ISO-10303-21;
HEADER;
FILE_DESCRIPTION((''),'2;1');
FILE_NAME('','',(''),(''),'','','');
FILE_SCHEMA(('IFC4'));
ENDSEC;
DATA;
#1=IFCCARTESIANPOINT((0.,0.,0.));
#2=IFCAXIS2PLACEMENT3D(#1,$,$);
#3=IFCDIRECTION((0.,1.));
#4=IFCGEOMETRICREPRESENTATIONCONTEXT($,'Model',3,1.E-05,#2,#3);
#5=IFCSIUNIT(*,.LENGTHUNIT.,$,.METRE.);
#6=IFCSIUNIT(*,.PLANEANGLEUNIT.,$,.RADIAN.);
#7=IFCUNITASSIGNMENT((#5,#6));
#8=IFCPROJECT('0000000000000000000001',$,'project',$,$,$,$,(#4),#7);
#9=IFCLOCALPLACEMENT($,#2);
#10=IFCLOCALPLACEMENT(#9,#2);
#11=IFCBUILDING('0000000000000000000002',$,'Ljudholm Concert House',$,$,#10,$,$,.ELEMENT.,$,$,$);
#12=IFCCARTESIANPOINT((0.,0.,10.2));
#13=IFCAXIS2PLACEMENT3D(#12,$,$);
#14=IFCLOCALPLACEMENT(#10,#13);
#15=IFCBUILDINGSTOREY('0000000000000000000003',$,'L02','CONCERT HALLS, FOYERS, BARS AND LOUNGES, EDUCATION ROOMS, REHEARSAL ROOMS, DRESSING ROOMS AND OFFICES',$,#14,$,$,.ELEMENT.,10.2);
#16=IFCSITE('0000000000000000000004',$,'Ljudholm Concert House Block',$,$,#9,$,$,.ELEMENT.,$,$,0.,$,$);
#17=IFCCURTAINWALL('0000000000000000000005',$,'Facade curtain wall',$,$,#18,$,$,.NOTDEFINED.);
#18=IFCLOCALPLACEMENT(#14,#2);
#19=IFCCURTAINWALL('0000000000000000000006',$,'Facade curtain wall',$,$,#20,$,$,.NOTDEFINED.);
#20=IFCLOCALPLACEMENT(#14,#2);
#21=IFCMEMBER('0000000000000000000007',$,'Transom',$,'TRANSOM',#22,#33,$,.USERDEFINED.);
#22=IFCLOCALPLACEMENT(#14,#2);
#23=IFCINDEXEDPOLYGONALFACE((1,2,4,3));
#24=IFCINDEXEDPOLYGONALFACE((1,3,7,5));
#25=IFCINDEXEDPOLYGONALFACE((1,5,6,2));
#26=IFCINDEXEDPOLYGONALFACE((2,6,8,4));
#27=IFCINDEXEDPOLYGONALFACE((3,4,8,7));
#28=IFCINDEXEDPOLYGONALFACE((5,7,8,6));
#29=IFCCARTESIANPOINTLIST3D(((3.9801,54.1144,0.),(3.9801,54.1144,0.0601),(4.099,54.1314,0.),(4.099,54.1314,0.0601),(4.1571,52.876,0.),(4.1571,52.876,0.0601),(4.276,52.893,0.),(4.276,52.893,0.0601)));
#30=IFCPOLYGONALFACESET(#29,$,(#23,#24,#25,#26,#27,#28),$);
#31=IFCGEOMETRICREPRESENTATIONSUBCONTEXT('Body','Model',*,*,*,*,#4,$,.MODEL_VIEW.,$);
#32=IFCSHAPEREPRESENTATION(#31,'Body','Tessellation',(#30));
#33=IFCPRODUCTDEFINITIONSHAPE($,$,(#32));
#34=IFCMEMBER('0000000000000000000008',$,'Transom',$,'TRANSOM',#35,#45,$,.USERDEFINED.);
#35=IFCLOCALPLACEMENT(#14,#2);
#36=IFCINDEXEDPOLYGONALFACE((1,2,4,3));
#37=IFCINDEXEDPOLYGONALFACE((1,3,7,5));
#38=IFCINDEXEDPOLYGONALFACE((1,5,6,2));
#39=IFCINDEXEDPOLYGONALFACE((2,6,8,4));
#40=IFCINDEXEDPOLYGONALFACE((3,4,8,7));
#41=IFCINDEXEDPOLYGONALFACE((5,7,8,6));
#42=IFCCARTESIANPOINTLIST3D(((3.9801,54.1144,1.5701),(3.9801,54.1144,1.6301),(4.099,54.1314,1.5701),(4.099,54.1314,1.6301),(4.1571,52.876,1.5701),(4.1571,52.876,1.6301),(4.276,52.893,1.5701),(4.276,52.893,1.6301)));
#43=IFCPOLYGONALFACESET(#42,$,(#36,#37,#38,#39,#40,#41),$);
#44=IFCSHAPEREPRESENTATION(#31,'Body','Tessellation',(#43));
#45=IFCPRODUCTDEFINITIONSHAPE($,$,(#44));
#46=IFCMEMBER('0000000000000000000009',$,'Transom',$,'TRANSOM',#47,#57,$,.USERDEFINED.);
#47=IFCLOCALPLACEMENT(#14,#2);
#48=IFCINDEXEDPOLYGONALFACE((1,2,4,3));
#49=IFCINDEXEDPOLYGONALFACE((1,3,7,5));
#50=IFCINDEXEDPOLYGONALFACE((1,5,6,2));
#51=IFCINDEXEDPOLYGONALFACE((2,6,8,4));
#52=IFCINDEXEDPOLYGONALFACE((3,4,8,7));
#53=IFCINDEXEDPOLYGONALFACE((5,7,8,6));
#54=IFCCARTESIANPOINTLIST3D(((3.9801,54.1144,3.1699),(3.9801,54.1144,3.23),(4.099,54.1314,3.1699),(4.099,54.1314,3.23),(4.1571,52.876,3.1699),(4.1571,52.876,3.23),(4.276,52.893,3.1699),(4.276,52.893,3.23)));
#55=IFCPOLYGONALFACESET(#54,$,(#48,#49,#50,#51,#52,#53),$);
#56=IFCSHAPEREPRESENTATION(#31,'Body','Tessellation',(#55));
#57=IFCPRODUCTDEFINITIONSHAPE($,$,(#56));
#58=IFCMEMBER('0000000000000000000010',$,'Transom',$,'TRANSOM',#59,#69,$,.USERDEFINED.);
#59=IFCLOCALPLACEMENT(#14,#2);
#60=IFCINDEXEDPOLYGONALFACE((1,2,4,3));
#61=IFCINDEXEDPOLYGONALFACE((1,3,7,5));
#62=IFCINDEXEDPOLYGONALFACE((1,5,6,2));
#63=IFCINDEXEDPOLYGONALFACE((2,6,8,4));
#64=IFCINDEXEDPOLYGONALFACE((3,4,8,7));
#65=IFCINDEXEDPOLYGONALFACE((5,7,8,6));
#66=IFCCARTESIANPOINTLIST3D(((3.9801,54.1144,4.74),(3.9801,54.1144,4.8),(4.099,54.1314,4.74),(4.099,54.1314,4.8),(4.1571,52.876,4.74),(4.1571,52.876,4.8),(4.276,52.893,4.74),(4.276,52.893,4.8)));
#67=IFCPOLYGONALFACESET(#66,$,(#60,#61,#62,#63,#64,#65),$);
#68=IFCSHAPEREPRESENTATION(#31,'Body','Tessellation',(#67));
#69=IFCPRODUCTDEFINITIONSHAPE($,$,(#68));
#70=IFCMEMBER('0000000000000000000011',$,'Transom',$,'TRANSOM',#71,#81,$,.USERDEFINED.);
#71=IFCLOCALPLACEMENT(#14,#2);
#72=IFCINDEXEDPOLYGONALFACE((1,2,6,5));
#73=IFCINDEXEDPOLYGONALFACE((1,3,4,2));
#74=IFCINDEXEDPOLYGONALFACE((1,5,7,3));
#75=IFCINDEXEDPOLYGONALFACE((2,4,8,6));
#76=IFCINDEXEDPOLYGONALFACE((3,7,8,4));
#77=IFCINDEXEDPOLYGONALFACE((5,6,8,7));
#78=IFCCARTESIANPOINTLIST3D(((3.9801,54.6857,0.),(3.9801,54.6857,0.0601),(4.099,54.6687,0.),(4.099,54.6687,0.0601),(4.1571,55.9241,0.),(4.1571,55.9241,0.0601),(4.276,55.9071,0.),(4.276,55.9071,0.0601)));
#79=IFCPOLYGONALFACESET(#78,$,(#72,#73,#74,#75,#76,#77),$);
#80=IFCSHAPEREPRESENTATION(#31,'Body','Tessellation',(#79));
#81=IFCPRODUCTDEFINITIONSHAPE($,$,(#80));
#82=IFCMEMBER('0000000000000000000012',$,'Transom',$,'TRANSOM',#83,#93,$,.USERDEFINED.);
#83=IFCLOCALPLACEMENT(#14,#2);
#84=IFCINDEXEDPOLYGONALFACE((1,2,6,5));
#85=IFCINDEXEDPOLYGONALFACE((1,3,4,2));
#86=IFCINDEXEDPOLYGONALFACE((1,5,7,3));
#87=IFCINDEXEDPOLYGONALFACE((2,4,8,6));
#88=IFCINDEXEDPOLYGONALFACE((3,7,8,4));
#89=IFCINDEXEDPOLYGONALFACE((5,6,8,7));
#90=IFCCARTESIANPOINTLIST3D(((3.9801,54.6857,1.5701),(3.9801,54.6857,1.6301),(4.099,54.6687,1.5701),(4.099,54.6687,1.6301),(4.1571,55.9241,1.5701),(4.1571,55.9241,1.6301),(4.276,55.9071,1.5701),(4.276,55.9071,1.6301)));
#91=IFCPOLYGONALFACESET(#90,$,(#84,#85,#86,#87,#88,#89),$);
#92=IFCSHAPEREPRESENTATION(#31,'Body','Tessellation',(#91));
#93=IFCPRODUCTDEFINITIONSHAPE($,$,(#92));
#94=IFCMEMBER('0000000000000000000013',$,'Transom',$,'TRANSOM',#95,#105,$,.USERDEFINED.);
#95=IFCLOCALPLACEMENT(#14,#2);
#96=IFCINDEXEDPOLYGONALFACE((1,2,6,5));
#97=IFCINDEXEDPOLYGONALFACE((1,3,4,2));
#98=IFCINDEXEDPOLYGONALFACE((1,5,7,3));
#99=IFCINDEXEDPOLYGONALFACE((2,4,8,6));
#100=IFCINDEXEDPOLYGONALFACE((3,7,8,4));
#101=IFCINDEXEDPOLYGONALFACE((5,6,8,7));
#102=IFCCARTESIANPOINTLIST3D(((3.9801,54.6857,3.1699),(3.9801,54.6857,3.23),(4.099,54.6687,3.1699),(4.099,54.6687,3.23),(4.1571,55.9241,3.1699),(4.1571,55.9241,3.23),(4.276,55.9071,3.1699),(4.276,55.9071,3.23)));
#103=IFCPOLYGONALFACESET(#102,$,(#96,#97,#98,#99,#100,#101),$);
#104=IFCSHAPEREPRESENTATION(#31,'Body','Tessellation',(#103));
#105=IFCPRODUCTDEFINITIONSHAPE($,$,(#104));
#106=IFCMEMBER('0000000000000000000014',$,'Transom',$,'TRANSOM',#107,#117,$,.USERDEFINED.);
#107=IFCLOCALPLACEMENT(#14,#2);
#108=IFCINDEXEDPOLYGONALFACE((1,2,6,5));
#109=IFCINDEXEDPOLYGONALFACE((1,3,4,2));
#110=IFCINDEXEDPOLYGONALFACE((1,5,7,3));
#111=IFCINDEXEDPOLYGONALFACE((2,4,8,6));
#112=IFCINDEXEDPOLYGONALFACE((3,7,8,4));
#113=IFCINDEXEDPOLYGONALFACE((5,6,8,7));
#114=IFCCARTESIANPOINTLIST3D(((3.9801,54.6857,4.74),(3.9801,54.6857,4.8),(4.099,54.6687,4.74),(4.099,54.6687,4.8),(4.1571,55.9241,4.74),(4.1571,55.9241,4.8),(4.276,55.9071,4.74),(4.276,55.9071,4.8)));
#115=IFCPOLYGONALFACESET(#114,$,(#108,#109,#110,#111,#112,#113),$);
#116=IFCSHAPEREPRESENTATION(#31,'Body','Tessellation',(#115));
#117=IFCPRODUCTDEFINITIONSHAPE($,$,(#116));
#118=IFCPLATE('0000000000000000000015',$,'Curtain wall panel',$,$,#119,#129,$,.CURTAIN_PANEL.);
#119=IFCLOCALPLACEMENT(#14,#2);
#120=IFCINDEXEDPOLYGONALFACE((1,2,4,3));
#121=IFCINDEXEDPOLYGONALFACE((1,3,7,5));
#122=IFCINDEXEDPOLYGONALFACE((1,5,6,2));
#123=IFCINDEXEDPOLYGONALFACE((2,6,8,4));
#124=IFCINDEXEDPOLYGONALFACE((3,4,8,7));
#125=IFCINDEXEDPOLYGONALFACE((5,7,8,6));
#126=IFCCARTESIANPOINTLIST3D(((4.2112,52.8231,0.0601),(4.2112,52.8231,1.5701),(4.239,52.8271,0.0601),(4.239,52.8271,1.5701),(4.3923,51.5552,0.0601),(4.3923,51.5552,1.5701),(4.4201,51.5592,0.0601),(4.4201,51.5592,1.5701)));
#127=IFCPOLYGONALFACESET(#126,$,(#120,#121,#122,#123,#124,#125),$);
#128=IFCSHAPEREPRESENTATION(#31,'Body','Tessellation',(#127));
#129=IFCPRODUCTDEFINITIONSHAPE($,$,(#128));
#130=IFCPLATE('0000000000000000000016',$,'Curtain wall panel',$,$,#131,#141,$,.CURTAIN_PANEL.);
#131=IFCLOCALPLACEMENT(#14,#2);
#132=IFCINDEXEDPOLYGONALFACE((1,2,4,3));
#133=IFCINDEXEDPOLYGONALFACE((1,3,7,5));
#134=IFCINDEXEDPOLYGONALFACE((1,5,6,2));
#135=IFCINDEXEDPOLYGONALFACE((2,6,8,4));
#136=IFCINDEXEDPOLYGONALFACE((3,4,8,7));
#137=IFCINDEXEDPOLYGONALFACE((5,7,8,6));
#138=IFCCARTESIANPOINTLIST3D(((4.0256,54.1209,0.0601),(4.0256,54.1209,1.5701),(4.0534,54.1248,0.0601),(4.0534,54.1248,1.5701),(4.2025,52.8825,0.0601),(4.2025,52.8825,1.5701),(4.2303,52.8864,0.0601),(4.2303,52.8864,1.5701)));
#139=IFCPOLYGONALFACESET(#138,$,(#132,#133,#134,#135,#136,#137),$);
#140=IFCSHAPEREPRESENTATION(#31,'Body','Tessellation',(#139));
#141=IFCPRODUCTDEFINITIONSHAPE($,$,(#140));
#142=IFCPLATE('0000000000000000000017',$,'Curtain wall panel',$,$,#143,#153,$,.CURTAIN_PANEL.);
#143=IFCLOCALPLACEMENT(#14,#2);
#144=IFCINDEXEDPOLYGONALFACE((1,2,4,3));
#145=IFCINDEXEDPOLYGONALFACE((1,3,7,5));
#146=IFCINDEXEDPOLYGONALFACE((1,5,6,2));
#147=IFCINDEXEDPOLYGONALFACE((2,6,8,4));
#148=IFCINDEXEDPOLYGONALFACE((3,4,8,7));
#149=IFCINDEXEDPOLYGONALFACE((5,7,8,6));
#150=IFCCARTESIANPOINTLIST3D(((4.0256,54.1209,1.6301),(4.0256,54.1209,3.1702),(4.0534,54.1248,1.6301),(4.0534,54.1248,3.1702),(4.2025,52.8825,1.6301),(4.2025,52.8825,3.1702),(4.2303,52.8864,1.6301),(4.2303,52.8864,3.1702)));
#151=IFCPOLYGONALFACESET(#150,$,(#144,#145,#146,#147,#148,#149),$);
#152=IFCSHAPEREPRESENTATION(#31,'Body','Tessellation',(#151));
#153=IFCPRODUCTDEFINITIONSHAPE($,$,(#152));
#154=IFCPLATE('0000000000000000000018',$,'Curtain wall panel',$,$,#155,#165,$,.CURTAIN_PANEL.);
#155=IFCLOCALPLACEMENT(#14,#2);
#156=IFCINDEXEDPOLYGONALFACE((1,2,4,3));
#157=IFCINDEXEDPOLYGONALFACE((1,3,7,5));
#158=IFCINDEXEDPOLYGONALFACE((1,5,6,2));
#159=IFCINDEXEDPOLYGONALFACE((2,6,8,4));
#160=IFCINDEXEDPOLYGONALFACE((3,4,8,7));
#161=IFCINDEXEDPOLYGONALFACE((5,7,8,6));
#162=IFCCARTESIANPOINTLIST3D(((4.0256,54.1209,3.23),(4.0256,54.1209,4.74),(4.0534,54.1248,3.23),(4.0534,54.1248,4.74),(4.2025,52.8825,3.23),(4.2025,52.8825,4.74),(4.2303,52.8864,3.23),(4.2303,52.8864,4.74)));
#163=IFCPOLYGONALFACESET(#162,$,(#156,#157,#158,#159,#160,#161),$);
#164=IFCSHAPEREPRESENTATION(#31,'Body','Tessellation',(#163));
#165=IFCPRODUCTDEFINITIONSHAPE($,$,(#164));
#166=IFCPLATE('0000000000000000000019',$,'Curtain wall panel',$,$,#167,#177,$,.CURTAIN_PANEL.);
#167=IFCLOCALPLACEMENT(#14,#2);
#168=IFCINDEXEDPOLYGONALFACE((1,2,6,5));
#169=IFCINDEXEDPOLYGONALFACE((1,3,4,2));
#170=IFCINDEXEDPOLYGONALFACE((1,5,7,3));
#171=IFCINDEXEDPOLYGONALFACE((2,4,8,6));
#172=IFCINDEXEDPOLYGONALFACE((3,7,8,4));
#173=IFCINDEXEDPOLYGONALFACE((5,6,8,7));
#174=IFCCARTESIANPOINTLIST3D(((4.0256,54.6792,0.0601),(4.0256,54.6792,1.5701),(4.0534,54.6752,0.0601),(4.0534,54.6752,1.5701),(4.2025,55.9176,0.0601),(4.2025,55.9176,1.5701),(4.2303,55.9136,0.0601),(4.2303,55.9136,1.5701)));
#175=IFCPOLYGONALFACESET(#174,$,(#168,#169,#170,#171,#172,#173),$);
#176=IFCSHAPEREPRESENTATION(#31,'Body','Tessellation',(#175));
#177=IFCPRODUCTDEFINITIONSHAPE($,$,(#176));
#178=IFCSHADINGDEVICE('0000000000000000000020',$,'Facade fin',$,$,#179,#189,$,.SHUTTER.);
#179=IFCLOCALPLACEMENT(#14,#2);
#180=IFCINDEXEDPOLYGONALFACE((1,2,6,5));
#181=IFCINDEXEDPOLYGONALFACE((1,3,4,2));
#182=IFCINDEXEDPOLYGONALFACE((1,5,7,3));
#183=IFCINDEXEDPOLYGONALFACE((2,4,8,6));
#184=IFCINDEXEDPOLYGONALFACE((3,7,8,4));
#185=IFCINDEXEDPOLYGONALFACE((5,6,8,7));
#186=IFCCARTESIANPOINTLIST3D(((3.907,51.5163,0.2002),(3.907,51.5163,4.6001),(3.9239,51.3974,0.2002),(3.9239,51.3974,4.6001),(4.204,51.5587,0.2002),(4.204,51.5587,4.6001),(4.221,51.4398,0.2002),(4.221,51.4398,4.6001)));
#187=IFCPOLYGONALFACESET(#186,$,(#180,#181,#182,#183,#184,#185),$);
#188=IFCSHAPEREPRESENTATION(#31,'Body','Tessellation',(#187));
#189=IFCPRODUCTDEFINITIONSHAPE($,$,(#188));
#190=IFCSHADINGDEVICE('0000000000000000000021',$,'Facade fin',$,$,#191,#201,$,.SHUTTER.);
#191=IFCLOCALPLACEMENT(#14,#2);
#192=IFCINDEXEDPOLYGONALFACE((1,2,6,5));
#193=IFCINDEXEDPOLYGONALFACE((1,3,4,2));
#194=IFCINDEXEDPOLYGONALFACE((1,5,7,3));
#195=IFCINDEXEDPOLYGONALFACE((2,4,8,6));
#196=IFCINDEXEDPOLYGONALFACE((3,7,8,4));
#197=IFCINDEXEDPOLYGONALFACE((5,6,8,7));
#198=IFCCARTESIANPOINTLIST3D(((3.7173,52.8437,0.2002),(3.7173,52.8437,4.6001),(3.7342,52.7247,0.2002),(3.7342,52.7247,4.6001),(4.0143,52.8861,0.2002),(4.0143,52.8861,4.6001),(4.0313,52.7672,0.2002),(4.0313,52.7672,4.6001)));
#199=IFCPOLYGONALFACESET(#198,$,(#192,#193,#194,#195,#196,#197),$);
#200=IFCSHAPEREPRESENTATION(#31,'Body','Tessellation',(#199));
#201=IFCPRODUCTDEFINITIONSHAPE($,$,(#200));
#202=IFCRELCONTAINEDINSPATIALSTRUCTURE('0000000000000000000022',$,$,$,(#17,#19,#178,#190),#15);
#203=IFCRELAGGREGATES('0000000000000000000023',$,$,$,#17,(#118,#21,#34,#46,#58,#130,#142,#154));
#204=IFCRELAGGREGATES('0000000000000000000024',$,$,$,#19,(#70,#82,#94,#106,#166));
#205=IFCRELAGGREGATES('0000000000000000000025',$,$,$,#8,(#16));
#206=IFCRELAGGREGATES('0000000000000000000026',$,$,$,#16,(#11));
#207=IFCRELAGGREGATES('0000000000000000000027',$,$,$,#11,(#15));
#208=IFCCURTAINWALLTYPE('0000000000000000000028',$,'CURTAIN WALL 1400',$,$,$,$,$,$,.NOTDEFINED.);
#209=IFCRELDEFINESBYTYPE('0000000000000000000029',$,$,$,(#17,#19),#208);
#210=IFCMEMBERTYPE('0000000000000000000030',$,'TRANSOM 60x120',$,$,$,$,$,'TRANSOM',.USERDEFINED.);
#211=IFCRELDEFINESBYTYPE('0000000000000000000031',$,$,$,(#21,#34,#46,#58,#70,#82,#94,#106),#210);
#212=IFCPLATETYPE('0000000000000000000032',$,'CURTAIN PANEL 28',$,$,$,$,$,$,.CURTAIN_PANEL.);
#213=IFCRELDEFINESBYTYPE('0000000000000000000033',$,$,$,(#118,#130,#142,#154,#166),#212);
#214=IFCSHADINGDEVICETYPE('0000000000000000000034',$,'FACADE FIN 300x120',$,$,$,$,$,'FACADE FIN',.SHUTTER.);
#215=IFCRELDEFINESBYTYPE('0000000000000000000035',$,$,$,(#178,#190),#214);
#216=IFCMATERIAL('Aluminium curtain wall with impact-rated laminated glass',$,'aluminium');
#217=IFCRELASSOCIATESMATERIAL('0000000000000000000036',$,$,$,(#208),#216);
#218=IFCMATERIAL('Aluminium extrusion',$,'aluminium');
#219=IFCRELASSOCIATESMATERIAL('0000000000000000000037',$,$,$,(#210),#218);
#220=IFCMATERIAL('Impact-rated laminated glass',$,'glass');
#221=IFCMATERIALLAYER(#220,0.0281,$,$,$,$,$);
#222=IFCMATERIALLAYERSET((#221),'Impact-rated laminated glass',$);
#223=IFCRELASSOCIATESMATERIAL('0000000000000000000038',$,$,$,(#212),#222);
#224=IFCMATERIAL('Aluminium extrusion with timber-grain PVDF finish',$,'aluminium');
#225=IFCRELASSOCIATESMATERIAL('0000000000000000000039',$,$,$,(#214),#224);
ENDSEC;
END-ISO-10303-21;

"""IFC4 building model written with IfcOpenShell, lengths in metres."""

from ifc_helpers import new_model, si_unit, direction, frame, origin, origin_2d, place, context, subcontext, project, spatial, rectangle, extrude, material, layer, layer_set, material_profile, profile_set, type_object, element, aggregate, save


model = new_model("IFC4")

# Units and contexts
model_context = context("Model", 3, precision=1e-05, world=origin(), true_north=direction((0.0, 1.0)))
body_context = subcontext(model_context, "Body", "Model", "MODEL_VIEW")
ifc_project = project(units=[si_unit("LENGTHUNIT", "METRE"), si_unit("PLANEANGLEUNIT", "RADIAN")], contexts=[model_context])

# Site, building, storey
site_placement = place(None, origin())
site = spatial("IfcSite", under=ifc_project, at=site_placement, Name="Ljudholm Concert House Block", CompositionType="ELEMENT", RefElevation=0.0)
building_placement = place(site_placement, origin())
building = spatial("IfcBuilding", under=site, at=building_placement, Name="Ljudholm Concert House", CompositionType="ELEMENT")
storey_placement = place(building_placement, frame((0.0, 0.0, 10.2)))
storey = spatial("IfcBuildingStorey", under=building, at=storey_placement, Name="L02", Description="CONCERT HALLS, FOYERS, BARS AND LOUNGES, EDUCATION ROOMS, REHEARSAL ROOMS, DRESSING ROOMS AND OFFICES", CompositionType="ELEMENT", Elevation=10.2)

# Curtain wall
ifc_material_1 = material(Name="Aluminium curtain wall with impact-rated laminated glass", Category="aluminium")
curtain_wall_type = type_object("IfcCurtainWallType", Name="CURTAIN WALL 1400", PredefinedType="NOTDEFINED", material=ifc_material_1)
curtain_wall_1_placement = place(storey_placement, origin())
curtain_wall_1 = element("IfcCurtainWall", 1, at=curtain_wall_1_placement, inside=storey, type_object=curtain_wall_type, Name="Facade curtain wall", PredefinedType="NOTDEFINED")

# Curtain wall
curtain_wall_2_placement = place(storey_placement, origin())
curtain_wall_2 = element("IfcCurtainWall", 2, at=curtain_wall_2_placement, inside=storey, type_object=curtain_wall_type, Name="Facade curtain wall", PredefinedType="NOTDEFINED")

# Members
ifc_material_2 = material(Name="Aluminium extrusion", Category="aluminium")
ifc_material_profile_1 = material_profile(ifc_material_2, rectangle(XDim=0.1201, YDim=0.0601, at=origin_2d()), Name="TRANSOM 60x120")
ifc_profile_set_1 = profile_set([ifc_material_profile_1], Name="Aluminium extrusion")
member_type_1 = type_object("IfcMemberType", Name="TRANSOM 60x120", ElementType="TRANSOM", PredefinedType="USERDEFINED", material=ifc_profile_set_1)
member_1_placement = place(storey_placement, frame((4.2166, 52.8845, 0.03), z_axis=(-0.141503, 0.989938, 0.0), x_axis=(-0.989938, -0.141503, 0.0)))
member_1 = element("IfcMember", 3, at=member_1_placement, type_object=member_type_1, Name="Transom", ObjectType="TRANSOM", PredefinedType="USERDEFINED", context=body_context, shape_type="SweptSolid", body=[
    extrude(rectangle(XDim=0.1201, YDim=0.0601, at=origin_2d()), origin(), (0.0, 0.0, 1.0), 1.251),
])
member_2_placement = place(storey_placement, frame((4.2166, 52.8845, 1.6001), z_axis=(-0.141503, 0.989938, 0.0), x_axis=(-0.989938, -0.141503, 0.0)))
member_2 = element("IfcMember", 4, at=member_2_placement, type_object=member_type_1, Name="Transom", ObjectType="TRANSOM", PredefinedType="USERDEFINED", context=body_context, shape_type="SweptSolid", body=[
    extrude(rectangle(XDim=0.1201, YDim=0.0601, at=origin_2d()), origin(), (0.0, 0.0, 1.0), 1.251),
])
member_3_placement = place(storey_placement, frame((4.2166, 52.8845, 3.2), z_axis=(-0.141503, 0.989938, 0.0), x_axis=(-0.989938, -0.141503, 0.0)))
member_3 = element("IfcMember", 5, at=member_3_placement, type_object=member_type_1, Name="Transom", ObjectType="TRANSOM", PredefinedType="USERDEFINED", context=body_context, shape_type="SweptSolid", body=[
    extrude(rectangle(XDim=0.1201, YDim=0.0601, at=origin_2d()), origin(), (0.0, 0.0, 1.0), 1.251),
])
member_4_placement = place(storey_placement, frame((4.2166, 52.8845, 4.77), z_axis=(-0.141503, 0.989938, 0.0), x_axis=(-0.989938, -0.141503, 0.0)))
member_4 = element("IfcMember", 6, at=member_4_placement, type_object=member_type_1, Name="Transom", ObjectType="TRANSOM", PredefinedType="USERDEFINED", context=body_context, shape_type="SweptSolid", body=[
    extrude(rectangle(XDim=0.1201, YDim=0.0601, at=origin_2d()), origin(), (0.0, 0.0, 1.0), 1.251),
])
member_5_placement = place(storey_placement, frame((4.0396, 54.6772, 0.03), z_axis=(0.141503, 0.989938, 0.0), x_axis=(-0.989938, 0.141503, 0.0)))
member_5 = element("IfcMember", 7, at=member_5_placement, type_object=member_type_1, Name="Transom", ObjectType="TRANSOM", PredefinedType="USERDEFINED", context=body_context, shape_type="SweptSolid", body=[
    extrude(rectangle(XDim=0.1201, YDim=0.0601, at=origin_2d()), origin(), (0.0, 0.0, 1.0), 1.251),
])
member_6_placement = place(storey_placement, frame((4.0396, 54.6772, 1.6001), z_axis=(0.141503, 0.989938, 0.0), x_axis=(-0.989938, 0.141503, 0.0)))
member_6 = element("IfcMember", 8, at=member_6_placement, type_object=member_type_1, Name="Transom", ObjectType="TRANSOM", PredefinedType="USERDEFINED", context=body_context, shape_type="SweptSolid", body=[
    extrude(rectangle(XDim=0.1201, YDim=0.0601, at=origin_2d()), origin(), (0.0, 0.0, 1.0), 1.251),
])
member_7_placement = place(storey_placement, frame((4.0396, 54.6772, 3.2), z_axis=(0.141503, 0.989938, 0.0), x_axis=(-0.989938, 0.141503, 0.0)))
member_7 = element("IfcMember", 9, at=member_7_placement, type_object=member_type_1, Name="Transom", ObjectType="TRANSOM", PredefinedType="USERDEFINED", context=body_context, shape_type="SweptSolid", body=[
    extrude(rectangle(XDim=0.1201, YDim=0.0601, at=origin_2d()), origin(), (0.0, 0.0, 1.0), 1.251),
])
member_8_placement = place(storey_placement, frame((4.0396, 54.6772, 4.77), z_axis=(0.141503, 0.989938, 0.0), x_axis=(-0.989938, 0.141503, 0.0)))
member_8 = element("IfcMember", 10, at=member_8_placement, type_object=member_type_1, Name="Transom", ObjectType="TRANSOM", PredefinedType="USERDEFINED", context=body_context, shape_type="SweptSolid", body=[
    extrude(rectangle(XDim=0.1201, YDim=0.0601, at=origin_2d()), origin(), (0.0, 0.0, 1.0), 1.251),
])

# Plates
ifc_material_3 = material(Name="Impact-rated laminated glass", Category="glass")
ifc_layer = layer(ifc_material_3, 0.0281)
ifc_layer_set = layer_set([ifc_layer], Name="Impact-rated laminated glass")
plate_type = type_object("IfcPlateType", Name="CURTAIN PANEL 28", PredefinedType="CURTAIN_PANEL", material=ifc_layer_set)
plate_1_placement = place(storey_placement, frame((4.3157, 52.1912, 0.0601), z_axis=(0.0, 0.0, 1.0), x_axis=(-0.141421, 0.989949, 0.0)))
plate_1 = element("IfcPlate", 11, at=plate_1_placement, type_object=plate_type, Name="Curtain wall panel", PredefinedType="CURTAIN_PANEL", context=body_context, shape_type="SweptSolid", body=[
    extrude(rectangle(XDim=1.2808, YDim=0.0281, at=origin_2d()), origin(), (0.0, 0.0, 1.0), 1.51),
])
plate_2_placement = place(storey_placement, frame((4.1279, 53.5037, 0.0601), z_axis=(0.0, 0.0, 1.0), x_axis=(-0.141421, 0.989949, 0.0)))
plate_2 = element("IfcPlate", 12, at=plate_2_placement, type_object=plate_type, Name="Curtain wall panel", PredefinedType="CURTAIN_PANEL", context=body_context, shape_type="SweptSolid", body=[
    extrude(rectangle(XDim=1.251, YDim=0.0281, at=origin_2d()), origin(), (0.0, 0.0, 1.0), 1.51),
])
plate_3_placement = place(storey_placement, frame((4.1279, 53.5037, 1.6301), z_axis=(0.0, 0.0, 1.0), x_axis=(-0.141421, 0.989949, 0.0)))
plate_3 = element("IfcPlate", 13, at=plate_3_placement, type_object=plate_type, Name="Curtain wall panel", PredefinedType="CURTAIN_PANEL", context=body_context, shape_type="SweptSolid", body=[
    extrude(rectangle(XDim=1.251, YDim=0.0281, at=origin_2d()), origin(), (0.0, 0.0, 1.0), 1.54),
])
plate_4_placement = place(storey_placement, frame((4.1279, 53.5037, 3.23), z_axis=(0.0, 0.0, 1.0), x_axis=(-0.141421, 0.989949, 0.0)))
plate_4 = element("IfcPlate", 14, at=plate_4_placement, type_object=plate_type, Name="Curtain wall panel", PredefinedType="CURTAIN_PANEL", context=body_context, shape_type="SweptSolid", body=[
    extrude(rectangle(XDim=1.251, YDim=0.0281, at=origin_2d()), origin(), (0.0, 0.0, 1.0), 1.51),
])
aggregate(curtain_wall_1, [plate_1, member_1, member_2, member_3, member_4, plate_2, plate_3, plate_4])
plate_5_placement = place(storey_placement, frame((4.1279, 55.2964, 0.0601), z_axis=(0.0, 0.0, 1.0), x_axis=(0.141421, 0.989949, 0.0)))
plate_5 = element("IfcPlate", 15, at=plate_5_placement, type_object=plate_type, Name="Curtain wall panel", PredefinedType="CURTAIN_PANEL", context=body_context, shape_type="SweptSolid", body=[
    extrude(rectangle(XDim=1.251, YDim=0.0281, at=origin_2d()), origin(), (0.0, 0.0, 1.0), 1.51),
])
aggregate(curtain_wall_2, [member_5, member_6, member_7, member_8, plate_5])

# Shading devices
ifc_material_4 = material(Name="Aluminium extrusion with timber-grain PVDF finish", Category="aluminium")
shading_device_type = type_object("IfcShadingDeviceType", Name="FACADE FIN 300x120", ElementType="FACADE FIN", PredefinedType="SHUTTER", material=ifc_material_4)
for number, where, z_axis, x_axis, name in (
    (16, (4.064, 51.478, 0.2002), (0.0, 0.0, 1.0), (-0.989949, -0.141421, 0.0), "Facade fin"),
    (17, (3.8743, 52.8054, 0.2002), (0.0, 0.0, 1.0), (-0.989949, -0.141421, 0.0), "Facade fin"),
):
    element("IfcShadingDevice", number, at=place(storey_placement, frame(where, z_axis=z_axis, x_axis=x_axis)), inside=storey, type_object=shading_device_type, Name=name, PredefinedType="SHUTTER", context=body_context, shape_type="SweptSolid", body=[
        extrude(rectangle(XDim=0.3, YDim=0.1201, at=origin_2d()), origin(), (0.0, 0.0, 1.0), 4.3999),
    ])

save(model, "model.ifc")
